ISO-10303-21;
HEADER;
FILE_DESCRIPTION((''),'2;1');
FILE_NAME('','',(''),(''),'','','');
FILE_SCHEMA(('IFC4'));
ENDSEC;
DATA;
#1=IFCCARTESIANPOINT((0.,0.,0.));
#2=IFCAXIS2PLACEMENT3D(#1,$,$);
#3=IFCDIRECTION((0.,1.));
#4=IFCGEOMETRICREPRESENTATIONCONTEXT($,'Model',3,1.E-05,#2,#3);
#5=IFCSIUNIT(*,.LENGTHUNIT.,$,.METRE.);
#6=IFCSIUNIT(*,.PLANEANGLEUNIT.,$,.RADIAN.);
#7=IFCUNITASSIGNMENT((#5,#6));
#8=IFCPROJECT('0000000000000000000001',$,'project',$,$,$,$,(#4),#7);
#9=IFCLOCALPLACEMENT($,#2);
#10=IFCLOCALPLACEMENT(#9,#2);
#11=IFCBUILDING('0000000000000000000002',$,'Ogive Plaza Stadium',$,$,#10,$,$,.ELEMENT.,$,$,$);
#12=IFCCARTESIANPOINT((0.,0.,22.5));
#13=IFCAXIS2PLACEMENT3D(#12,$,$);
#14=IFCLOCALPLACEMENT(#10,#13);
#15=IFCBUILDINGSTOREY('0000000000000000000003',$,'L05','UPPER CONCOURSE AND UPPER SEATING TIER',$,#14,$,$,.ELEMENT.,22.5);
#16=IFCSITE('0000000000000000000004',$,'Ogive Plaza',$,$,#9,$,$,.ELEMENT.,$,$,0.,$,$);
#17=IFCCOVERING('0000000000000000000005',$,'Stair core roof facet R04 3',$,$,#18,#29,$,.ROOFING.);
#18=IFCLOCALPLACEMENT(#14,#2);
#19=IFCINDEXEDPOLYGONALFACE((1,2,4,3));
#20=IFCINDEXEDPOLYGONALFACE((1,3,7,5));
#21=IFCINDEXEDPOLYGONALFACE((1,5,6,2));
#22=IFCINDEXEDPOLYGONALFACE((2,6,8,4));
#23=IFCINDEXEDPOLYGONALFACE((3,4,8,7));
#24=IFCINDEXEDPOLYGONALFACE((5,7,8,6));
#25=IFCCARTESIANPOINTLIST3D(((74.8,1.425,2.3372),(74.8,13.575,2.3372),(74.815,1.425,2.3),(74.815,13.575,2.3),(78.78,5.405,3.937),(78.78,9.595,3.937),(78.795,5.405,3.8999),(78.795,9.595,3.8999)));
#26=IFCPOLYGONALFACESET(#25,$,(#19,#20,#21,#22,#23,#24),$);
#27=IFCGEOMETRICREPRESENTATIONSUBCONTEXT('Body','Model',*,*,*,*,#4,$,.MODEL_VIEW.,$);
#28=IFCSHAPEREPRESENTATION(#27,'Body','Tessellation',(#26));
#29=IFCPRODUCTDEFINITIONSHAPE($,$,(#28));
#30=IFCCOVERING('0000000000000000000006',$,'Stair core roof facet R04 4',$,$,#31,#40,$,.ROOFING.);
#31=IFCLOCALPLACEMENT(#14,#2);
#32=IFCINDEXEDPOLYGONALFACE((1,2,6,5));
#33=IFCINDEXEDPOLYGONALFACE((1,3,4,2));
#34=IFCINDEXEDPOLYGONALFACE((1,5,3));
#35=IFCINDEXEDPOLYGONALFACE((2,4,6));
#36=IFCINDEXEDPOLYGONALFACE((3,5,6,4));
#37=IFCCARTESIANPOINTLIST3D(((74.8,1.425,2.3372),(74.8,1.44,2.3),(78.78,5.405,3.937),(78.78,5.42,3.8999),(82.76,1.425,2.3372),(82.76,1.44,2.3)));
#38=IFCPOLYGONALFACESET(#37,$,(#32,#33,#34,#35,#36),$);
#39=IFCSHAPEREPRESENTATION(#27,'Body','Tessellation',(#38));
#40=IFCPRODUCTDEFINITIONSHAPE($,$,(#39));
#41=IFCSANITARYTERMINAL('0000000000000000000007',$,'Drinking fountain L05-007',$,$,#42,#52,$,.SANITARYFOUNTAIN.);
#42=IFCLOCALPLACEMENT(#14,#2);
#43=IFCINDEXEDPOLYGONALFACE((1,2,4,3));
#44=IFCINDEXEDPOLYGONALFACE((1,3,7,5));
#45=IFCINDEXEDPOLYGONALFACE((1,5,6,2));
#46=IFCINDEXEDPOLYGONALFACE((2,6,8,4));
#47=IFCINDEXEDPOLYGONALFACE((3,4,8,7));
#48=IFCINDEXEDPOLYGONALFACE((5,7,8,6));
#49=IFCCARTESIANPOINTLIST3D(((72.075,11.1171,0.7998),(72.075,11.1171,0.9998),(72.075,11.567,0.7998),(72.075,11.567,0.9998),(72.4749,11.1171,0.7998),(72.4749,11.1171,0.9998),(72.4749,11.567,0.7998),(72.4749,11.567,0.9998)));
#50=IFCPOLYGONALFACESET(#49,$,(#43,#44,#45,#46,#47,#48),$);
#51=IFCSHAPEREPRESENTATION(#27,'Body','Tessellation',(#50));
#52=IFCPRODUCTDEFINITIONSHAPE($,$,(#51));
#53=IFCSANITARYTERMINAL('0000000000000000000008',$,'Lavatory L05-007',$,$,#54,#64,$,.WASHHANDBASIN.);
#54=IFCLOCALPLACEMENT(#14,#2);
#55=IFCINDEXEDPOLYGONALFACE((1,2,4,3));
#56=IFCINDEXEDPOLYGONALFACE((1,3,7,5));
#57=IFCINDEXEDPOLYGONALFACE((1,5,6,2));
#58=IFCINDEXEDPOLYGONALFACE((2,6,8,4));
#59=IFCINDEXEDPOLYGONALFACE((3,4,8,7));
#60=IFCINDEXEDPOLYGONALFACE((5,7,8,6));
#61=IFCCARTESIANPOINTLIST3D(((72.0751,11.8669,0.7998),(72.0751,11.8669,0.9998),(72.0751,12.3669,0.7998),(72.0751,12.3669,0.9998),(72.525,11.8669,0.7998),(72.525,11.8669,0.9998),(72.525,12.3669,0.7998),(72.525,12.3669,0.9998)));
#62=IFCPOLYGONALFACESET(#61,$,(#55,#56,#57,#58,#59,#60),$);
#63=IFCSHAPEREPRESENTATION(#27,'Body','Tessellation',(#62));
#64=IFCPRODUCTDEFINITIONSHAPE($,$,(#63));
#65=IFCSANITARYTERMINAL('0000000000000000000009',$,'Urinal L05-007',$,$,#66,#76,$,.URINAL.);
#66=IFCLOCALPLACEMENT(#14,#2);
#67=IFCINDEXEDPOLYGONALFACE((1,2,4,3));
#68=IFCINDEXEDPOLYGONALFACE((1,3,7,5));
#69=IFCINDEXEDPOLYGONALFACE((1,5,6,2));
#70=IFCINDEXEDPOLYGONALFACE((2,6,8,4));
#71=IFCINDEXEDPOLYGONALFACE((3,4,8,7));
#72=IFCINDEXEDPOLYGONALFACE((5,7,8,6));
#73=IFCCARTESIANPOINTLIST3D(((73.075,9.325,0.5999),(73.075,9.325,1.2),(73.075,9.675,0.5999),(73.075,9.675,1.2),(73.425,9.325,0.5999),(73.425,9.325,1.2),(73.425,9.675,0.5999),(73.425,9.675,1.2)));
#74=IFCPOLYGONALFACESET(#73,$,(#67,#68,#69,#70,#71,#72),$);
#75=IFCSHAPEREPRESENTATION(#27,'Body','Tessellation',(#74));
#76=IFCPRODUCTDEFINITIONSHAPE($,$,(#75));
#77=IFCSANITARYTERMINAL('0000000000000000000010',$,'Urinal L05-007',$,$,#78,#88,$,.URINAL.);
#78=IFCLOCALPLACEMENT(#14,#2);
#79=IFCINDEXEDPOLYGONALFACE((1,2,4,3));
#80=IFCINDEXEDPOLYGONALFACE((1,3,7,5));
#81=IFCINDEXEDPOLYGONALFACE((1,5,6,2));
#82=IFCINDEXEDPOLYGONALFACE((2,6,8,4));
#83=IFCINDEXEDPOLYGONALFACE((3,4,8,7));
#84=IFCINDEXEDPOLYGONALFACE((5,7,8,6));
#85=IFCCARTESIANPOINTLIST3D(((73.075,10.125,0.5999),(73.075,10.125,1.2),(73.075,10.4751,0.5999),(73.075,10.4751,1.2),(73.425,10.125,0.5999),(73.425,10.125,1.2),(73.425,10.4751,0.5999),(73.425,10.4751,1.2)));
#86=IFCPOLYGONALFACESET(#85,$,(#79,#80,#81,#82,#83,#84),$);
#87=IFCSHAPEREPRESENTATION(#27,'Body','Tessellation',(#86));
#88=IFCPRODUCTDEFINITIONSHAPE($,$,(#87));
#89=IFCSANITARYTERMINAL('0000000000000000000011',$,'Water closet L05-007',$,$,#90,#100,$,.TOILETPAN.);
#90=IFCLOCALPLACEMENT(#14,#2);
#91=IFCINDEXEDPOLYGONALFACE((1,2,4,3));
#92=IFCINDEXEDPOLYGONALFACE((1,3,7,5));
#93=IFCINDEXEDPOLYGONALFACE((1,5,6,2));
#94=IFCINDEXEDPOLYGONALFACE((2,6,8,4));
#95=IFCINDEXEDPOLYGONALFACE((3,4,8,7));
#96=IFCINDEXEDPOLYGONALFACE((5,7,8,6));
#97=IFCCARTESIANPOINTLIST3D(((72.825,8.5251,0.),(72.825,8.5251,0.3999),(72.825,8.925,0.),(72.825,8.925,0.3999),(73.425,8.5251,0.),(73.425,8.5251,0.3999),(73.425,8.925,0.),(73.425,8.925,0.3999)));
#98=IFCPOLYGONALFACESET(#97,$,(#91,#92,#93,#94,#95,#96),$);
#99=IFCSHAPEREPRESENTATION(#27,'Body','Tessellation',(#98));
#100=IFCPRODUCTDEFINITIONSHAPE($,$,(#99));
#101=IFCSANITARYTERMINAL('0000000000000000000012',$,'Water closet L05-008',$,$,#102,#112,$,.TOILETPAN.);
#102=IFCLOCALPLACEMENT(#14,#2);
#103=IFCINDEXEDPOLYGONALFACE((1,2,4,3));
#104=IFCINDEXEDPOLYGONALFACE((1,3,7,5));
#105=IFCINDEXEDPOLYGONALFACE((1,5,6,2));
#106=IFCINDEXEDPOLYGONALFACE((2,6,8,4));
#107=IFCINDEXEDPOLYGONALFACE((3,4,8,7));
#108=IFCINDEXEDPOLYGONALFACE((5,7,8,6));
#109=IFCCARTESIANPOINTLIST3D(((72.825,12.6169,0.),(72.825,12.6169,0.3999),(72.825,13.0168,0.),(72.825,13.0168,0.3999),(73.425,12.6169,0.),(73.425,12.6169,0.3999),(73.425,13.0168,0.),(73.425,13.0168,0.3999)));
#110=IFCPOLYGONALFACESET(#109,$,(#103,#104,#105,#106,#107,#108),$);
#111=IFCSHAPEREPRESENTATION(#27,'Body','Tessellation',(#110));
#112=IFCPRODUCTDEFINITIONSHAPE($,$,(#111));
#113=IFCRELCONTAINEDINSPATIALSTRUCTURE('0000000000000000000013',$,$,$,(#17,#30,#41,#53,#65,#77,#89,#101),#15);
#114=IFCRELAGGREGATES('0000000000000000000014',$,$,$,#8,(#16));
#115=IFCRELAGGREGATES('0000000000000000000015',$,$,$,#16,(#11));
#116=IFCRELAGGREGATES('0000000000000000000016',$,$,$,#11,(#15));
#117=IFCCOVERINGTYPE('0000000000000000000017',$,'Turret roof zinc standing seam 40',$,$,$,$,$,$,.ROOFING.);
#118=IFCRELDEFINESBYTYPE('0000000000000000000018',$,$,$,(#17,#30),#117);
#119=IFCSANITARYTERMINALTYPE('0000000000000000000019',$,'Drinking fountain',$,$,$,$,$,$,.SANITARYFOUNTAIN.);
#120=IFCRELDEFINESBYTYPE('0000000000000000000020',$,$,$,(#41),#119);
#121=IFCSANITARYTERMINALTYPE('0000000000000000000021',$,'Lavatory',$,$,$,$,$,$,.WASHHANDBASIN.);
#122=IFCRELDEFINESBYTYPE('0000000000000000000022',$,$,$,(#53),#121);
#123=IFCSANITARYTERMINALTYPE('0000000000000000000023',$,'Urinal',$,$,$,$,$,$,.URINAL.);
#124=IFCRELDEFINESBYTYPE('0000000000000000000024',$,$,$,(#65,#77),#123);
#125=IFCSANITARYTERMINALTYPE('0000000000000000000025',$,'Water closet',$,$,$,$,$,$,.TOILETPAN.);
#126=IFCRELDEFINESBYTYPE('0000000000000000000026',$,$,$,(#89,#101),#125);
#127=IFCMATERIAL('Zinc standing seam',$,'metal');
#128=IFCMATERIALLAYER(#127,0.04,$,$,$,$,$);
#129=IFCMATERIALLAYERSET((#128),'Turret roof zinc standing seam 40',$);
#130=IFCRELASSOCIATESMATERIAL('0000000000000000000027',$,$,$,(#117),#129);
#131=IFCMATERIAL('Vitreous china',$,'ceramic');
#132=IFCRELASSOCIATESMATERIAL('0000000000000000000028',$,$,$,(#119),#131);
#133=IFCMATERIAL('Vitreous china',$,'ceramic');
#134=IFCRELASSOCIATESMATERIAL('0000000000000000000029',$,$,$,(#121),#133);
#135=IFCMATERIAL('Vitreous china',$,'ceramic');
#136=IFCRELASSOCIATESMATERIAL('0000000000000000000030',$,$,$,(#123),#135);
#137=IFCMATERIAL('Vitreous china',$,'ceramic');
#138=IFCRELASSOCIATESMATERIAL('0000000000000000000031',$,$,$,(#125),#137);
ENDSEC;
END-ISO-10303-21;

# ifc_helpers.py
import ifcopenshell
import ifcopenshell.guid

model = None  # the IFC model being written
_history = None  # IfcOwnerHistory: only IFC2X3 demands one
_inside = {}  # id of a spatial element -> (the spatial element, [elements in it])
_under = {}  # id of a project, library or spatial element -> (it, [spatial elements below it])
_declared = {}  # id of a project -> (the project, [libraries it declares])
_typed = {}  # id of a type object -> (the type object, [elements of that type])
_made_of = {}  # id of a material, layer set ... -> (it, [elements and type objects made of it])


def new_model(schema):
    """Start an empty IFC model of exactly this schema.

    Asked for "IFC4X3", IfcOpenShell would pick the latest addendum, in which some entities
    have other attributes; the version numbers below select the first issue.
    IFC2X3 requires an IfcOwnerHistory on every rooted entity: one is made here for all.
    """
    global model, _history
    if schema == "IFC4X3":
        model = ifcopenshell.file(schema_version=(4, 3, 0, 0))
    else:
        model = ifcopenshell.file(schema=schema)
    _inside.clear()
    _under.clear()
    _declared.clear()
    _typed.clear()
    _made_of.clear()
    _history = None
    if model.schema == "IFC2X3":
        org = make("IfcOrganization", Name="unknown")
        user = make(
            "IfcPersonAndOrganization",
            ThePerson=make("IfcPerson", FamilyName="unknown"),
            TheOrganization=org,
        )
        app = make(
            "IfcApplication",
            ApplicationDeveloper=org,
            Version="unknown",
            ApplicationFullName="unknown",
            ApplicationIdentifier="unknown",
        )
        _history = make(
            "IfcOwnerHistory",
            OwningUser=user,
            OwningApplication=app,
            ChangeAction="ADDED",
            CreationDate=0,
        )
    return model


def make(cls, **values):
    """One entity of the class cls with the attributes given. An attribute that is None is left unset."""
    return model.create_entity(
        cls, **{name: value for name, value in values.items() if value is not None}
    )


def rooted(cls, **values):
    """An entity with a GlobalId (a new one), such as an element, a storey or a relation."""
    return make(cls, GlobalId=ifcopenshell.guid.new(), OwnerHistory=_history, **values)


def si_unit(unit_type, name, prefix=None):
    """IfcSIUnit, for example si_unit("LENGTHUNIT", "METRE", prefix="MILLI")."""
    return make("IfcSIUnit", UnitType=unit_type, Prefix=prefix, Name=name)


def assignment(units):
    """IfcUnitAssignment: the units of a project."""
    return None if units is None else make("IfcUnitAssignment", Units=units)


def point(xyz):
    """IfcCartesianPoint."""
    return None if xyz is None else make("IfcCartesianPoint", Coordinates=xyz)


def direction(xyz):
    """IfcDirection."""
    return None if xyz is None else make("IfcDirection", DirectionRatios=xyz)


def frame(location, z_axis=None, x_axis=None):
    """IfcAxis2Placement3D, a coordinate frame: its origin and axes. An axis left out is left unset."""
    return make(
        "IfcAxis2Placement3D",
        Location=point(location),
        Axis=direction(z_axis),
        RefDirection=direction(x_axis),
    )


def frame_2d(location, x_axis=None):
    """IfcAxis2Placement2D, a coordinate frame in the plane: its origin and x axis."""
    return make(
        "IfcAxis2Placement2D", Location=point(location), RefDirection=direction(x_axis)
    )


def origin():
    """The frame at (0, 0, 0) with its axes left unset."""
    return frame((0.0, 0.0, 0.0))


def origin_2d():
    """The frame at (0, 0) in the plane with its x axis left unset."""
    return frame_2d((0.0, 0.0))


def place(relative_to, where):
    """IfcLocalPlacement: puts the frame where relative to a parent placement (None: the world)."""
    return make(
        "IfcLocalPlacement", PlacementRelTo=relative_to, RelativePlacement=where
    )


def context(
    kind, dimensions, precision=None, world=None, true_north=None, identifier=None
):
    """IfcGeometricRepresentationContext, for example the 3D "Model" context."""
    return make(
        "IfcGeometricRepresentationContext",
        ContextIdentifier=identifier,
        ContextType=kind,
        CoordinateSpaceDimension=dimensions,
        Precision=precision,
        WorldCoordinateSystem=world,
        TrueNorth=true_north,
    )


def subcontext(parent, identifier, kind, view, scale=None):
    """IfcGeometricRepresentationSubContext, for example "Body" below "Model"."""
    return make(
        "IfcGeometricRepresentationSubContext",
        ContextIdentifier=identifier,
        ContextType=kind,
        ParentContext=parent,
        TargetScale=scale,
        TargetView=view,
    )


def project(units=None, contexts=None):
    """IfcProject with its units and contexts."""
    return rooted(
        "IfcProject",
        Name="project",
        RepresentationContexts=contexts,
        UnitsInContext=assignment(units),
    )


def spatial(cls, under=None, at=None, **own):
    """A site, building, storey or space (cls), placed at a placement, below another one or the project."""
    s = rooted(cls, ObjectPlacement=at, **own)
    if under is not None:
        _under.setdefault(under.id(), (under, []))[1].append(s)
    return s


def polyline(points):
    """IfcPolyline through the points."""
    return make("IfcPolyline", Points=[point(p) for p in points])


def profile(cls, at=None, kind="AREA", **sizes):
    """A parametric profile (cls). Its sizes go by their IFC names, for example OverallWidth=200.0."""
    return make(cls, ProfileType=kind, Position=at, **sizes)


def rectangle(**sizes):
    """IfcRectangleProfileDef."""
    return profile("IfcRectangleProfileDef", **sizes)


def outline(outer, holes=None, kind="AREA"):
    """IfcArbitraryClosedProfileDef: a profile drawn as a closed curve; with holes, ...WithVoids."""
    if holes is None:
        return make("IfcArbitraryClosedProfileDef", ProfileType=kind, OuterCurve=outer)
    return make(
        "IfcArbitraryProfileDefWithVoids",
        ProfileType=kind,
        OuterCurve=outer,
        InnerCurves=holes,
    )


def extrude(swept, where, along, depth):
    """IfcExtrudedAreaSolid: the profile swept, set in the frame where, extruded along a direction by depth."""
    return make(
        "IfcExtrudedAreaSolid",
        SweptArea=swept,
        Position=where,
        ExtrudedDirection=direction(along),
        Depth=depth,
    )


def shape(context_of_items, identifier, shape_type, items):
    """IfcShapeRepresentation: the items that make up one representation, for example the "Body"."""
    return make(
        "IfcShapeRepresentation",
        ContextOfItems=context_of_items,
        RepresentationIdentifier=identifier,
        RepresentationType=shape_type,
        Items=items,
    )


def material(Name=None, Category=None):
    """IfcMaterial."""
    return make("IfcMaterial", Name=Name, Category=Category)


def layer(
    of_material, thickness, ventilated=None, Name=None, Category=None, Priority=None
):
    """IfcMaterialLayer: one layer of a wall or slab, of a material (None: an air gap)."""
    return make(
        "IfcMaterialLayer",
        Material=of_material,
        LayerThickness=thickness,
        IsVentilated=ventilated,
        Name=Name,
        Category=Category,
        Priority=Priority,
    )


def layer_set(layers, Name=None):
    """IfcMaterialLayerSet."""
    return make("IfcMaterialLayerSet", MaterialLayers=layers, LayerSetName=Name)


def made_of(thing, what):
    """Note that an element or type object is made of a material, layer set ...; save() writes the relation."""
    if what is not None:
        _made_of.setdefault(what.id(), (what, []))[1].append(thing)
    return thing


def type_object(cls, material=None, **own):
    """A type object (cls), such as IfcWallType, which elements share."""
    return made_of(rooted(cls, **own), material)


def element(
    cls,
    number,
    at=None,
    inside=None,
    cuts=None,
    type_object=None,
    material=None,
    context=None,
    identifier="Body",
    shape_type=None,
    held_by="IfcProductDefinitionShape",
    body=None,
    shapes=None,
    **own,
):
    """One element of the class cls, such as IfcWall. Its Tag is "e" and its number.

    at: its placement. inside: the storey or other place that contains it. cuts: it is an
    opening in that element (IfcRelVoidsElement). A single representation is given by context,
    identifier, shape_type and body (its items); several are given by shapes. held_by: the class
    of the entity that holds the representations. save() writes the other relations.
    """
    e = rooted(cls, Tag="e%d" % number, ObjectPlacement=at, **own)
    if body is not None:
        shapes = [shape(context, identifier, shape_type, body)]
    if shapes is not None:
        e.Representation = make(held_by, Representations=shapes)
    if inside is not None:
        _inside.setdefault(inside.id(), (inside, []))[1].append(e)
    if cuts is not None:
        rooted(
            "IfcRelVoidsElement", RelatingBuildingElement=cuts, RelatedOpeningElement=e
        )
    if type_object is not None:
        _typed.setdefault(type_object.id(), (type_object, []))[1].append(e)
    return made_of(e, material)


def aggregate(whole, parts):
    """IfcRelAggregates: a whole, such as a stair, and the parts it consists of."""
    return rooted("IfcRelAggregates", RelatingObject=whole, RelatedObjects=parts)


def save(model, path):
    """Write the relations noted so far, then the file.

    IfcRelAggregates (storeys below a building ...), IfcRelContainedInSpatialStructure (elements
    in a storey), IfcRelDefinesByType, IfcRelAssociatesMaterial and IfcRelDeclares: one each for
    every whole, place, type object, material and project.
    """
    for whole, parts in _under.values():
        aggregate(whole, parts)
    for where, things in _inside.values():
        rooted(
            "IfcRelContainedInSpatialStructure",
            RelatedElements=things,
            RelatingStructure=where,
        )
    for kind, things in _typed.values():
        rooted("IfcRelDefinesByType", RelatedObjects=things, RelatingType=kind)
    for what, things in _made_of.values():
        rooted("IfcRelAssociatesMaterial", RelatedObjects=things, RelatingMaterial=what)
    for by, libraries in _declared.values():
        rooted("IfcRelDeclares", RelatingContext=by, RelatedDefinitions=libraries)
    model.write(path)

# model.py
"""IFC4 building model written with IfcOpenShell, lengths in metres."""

from ifc_helpers import new_model, si_unit, direction, frame, origin, origin_2d, place, context, subcontext, project, spatial, polyline, rectangle, outline, extrude, material, layer, layer_set, type_object, element, save


model = new_model("IFC4")

# Units and contexts
model_context = context("Model", 3, precision=1e-05, world=origin(), true_north=direction((0.0, 1.0)))
body_context = subcontext(model_context, "Body", "Model", "MODEL_VIEW")
ifc_project = project(units=[si_unit("LENGTHUNIT", "METRE"), si_unit("PLANEANGLEUNIT", "RADIAN")], contexts=[model_context])

# Site, building, storey
site_placement = place(None, origin())
site = spatial("IfcSite", under=ifc_project, at=site_placement, Name="Ogive Plaza", CompositionType="ELEMENT", RefElevation=0.0)
building_placement = place(site_placement, origin())
building = spatial("IfcBuilding", under=site, at=building_placement, Name="Ogive Plaza Stadium", CompositionType="ELEMENT")
storey_placement = place(building_placement, frame((0.0, 0.0, 22.5)))
storey = spatial("IfcBuildingStorey", under=building, at=storey_placement, Name="L05", Description="UPPER CONCOURSE AND UPPER SEATING TIER", CompositionType="ELEMENT", Elevation=22.5)

# Coverings
ifc_material_1 = material(Name="Zinc standing seam", Category="metal")
ifc_layer_1 = layer(ifc_material_1, 0.04)
ifc_layer_set_1 = layer_set([ifc_layer_1], Name="Turret roof zinc standing seam 40")
covering_type = type_object("IfcCoveringType", Name="Turret roof zinc standing seam 40", PredefinedType="ROOFING", material=ifc_layer_set_1)
covering_1_placement = place(storey_placement, frame((74.8, 13.575, 2.3372), z_axis=(-0.37297, 0.0, 0.927843), x_axis=(0.0, -1.0, 0.0)))
element("IfcCovering", 1, at=covering_1_placement, inside=storey, type_object=covering_type, Name="Stair core roof facet R04 3", PredefinedType="ROOFING", context=body_context, shape_type="SweptSolid", body=[
    extrude(outline(polyline([(0.0, 0.0), (12.1499, 0.0), (8.1699, 4.2895), (3.98, 4.2895), (0.0, 0.0)])), origin(), (0.0, 0.0, -1.0), 0.04),
])
covering_2_placement = place(storey_placement, frame((74.8, 1.425, 2.3372), z_axis=(0.0, -0.37297, 0.927843), x_axis=(1.0, 0.0, 0.0)))
element("IfcCovering", 2, at=covering_2_placement, inside=storey, type_object=covering_type, Name="Stair core roof facet R04 4", PredefinedType="ROOFING", context=body_context, shape_type="SweptSolid", body=[
    extrude(outline(polyline([(0.0, 0.0), (7.96, 0.0), (3.98, 4.2895), (0.0, 0.0)])), origin(), (0.0, 0.0, -1.0), 0.04),
])

# Sanitary terminals
ifc_material_2 = material(Name="Vitreous china", Category="ceramic")
sanitary_terminal_type_1 = type_object("IfcSanitaryTerminalType", Name="Drinking fountain", PredefinedType="SANITARYFOUNTAIN", material=ifc_material_2)
sanitary_terminal_1_placement = place(storey_placement, frame((72.2749, 11.342, 0.7998), z_axis=(0.0, 0.0, 1.0), x_axis=(0.0, -1.0, 0.0)))
element("IfcSanitaryTerminal", 3, at=sanitary_terminal_1_placement, inside=storey, type_object=sanitary_terminal_type_1, Name="Drinking fountain L05-007", PredefinedType="SANITARYFOUNTAIN", context=body_context, shape_type="SweptSolid", body=[
    extrude(rectangle(XDim=0.45, YDim=0.3999, at=origin_2d()), origin(), (0.0, 0.0, 1.0), 0.2),
])
ifc_material_3 = material(Name="Vitreous china", Category="ceramic")
sanitary_terminal_type_2 = type_object("IfcSanitaryTerminalType", Name="Lavatory", PredefinedType="WASHHANDBASIN", material=ifc_material_3)
sanitary_terminal_2_placement = place(storey_placement, frame((72.3, 12.1169, 0.7998), z_axis=(0.0, 0.0, 1.0), x_axis=(0.0, -1.0, 0.0)))
element("IfcSanitaryTerminal", 4, at=sanitary_terminal_2_placement, inside=storey, type_object=sanitary_terminal_type_2, Name="Lavatory L05-007", PredefinedType="WASHHANDBASIN", context=body_context, shape_type="SweptSolid", body=[
    extrude(rectangle(XDim=0.5, YDim=0.45, at=origin_2d()), origin(), (0.0, 0.0, 1.0), 0.2),
])
ifc_material_4 = material(Name="Vitreous china", Category="ceramic")
sanitary_terminal_type_3 = type_object("IfcSanitaryTerminalType", Name="Urinal", PredefinedType="URINAL", material=ifc_material_4)
for number, where, z_axis, x_axis, name in (
    (5, (73.25, 9.5, 0.5999), (0.0, 0.0, 1.0), (0.0, 1.0, 0.0), "Urinal L05-007"),
    (6, (73.25, 10.3, 0.5999), (0.0, 0.0, 1.0), (0.0, 1.0, 0.0), "Urinal L05-007"),
):
    element("IfcSanitaryTerminal", number, at=place(storey_placement, frame(where, z_axis=z_axis, x_axis=x_axis)), inside=storey, type_object=sanitary_terminal_type_3, Name=name, PredefinedType="URINAL", context=body_context, shape_type="SweptSolid", body=[
        extrude(rectangle(XDim=0.3501, YDim=0.3501, at=origin_2d()), origin(), (0.0, 0.0, 1.0), 0.6001),
    ])
ifc_material_5 = material(Name="Vitreous china", Category="ceramic")
sanitary_terminal_type_4 = type_object("IfcSanitaryTerminalType", Name="Water closet", PredefinedType="TOILETPAN", material=ifc_material_5)
for number, where, z_axis, x_axis, name in (
    (7, (73.125, 8.7251, 0.0), (0.0, 0.0, 1.0), (0.0, 1.0, 0.0), "Water closet L05-007"),
    (8, (73.125, 12.8169, 0.0), (0.0, 0.0, 1.0), (0.0, 1.0, 0.0), "Water closet L05-008"),
):
    element("IfcSanitaryTerminal", number, at=place(storey_placement, frame(where, z_axis=z_axis, x_axis=x_axis)), inside=storey, type_object=sanitary_terminal_type_4, Name=name, PredefinedType="TOILETPAN", context=body_context, shape_type="SweptSolid", body=[
        extrude(rectangle(XDim=0.3999, YDim=0.6001, at=origin_2d()), origin(), (0.0, 0.0, 1.0), 0.3999),
    ])

save(model, "model.ifc")
